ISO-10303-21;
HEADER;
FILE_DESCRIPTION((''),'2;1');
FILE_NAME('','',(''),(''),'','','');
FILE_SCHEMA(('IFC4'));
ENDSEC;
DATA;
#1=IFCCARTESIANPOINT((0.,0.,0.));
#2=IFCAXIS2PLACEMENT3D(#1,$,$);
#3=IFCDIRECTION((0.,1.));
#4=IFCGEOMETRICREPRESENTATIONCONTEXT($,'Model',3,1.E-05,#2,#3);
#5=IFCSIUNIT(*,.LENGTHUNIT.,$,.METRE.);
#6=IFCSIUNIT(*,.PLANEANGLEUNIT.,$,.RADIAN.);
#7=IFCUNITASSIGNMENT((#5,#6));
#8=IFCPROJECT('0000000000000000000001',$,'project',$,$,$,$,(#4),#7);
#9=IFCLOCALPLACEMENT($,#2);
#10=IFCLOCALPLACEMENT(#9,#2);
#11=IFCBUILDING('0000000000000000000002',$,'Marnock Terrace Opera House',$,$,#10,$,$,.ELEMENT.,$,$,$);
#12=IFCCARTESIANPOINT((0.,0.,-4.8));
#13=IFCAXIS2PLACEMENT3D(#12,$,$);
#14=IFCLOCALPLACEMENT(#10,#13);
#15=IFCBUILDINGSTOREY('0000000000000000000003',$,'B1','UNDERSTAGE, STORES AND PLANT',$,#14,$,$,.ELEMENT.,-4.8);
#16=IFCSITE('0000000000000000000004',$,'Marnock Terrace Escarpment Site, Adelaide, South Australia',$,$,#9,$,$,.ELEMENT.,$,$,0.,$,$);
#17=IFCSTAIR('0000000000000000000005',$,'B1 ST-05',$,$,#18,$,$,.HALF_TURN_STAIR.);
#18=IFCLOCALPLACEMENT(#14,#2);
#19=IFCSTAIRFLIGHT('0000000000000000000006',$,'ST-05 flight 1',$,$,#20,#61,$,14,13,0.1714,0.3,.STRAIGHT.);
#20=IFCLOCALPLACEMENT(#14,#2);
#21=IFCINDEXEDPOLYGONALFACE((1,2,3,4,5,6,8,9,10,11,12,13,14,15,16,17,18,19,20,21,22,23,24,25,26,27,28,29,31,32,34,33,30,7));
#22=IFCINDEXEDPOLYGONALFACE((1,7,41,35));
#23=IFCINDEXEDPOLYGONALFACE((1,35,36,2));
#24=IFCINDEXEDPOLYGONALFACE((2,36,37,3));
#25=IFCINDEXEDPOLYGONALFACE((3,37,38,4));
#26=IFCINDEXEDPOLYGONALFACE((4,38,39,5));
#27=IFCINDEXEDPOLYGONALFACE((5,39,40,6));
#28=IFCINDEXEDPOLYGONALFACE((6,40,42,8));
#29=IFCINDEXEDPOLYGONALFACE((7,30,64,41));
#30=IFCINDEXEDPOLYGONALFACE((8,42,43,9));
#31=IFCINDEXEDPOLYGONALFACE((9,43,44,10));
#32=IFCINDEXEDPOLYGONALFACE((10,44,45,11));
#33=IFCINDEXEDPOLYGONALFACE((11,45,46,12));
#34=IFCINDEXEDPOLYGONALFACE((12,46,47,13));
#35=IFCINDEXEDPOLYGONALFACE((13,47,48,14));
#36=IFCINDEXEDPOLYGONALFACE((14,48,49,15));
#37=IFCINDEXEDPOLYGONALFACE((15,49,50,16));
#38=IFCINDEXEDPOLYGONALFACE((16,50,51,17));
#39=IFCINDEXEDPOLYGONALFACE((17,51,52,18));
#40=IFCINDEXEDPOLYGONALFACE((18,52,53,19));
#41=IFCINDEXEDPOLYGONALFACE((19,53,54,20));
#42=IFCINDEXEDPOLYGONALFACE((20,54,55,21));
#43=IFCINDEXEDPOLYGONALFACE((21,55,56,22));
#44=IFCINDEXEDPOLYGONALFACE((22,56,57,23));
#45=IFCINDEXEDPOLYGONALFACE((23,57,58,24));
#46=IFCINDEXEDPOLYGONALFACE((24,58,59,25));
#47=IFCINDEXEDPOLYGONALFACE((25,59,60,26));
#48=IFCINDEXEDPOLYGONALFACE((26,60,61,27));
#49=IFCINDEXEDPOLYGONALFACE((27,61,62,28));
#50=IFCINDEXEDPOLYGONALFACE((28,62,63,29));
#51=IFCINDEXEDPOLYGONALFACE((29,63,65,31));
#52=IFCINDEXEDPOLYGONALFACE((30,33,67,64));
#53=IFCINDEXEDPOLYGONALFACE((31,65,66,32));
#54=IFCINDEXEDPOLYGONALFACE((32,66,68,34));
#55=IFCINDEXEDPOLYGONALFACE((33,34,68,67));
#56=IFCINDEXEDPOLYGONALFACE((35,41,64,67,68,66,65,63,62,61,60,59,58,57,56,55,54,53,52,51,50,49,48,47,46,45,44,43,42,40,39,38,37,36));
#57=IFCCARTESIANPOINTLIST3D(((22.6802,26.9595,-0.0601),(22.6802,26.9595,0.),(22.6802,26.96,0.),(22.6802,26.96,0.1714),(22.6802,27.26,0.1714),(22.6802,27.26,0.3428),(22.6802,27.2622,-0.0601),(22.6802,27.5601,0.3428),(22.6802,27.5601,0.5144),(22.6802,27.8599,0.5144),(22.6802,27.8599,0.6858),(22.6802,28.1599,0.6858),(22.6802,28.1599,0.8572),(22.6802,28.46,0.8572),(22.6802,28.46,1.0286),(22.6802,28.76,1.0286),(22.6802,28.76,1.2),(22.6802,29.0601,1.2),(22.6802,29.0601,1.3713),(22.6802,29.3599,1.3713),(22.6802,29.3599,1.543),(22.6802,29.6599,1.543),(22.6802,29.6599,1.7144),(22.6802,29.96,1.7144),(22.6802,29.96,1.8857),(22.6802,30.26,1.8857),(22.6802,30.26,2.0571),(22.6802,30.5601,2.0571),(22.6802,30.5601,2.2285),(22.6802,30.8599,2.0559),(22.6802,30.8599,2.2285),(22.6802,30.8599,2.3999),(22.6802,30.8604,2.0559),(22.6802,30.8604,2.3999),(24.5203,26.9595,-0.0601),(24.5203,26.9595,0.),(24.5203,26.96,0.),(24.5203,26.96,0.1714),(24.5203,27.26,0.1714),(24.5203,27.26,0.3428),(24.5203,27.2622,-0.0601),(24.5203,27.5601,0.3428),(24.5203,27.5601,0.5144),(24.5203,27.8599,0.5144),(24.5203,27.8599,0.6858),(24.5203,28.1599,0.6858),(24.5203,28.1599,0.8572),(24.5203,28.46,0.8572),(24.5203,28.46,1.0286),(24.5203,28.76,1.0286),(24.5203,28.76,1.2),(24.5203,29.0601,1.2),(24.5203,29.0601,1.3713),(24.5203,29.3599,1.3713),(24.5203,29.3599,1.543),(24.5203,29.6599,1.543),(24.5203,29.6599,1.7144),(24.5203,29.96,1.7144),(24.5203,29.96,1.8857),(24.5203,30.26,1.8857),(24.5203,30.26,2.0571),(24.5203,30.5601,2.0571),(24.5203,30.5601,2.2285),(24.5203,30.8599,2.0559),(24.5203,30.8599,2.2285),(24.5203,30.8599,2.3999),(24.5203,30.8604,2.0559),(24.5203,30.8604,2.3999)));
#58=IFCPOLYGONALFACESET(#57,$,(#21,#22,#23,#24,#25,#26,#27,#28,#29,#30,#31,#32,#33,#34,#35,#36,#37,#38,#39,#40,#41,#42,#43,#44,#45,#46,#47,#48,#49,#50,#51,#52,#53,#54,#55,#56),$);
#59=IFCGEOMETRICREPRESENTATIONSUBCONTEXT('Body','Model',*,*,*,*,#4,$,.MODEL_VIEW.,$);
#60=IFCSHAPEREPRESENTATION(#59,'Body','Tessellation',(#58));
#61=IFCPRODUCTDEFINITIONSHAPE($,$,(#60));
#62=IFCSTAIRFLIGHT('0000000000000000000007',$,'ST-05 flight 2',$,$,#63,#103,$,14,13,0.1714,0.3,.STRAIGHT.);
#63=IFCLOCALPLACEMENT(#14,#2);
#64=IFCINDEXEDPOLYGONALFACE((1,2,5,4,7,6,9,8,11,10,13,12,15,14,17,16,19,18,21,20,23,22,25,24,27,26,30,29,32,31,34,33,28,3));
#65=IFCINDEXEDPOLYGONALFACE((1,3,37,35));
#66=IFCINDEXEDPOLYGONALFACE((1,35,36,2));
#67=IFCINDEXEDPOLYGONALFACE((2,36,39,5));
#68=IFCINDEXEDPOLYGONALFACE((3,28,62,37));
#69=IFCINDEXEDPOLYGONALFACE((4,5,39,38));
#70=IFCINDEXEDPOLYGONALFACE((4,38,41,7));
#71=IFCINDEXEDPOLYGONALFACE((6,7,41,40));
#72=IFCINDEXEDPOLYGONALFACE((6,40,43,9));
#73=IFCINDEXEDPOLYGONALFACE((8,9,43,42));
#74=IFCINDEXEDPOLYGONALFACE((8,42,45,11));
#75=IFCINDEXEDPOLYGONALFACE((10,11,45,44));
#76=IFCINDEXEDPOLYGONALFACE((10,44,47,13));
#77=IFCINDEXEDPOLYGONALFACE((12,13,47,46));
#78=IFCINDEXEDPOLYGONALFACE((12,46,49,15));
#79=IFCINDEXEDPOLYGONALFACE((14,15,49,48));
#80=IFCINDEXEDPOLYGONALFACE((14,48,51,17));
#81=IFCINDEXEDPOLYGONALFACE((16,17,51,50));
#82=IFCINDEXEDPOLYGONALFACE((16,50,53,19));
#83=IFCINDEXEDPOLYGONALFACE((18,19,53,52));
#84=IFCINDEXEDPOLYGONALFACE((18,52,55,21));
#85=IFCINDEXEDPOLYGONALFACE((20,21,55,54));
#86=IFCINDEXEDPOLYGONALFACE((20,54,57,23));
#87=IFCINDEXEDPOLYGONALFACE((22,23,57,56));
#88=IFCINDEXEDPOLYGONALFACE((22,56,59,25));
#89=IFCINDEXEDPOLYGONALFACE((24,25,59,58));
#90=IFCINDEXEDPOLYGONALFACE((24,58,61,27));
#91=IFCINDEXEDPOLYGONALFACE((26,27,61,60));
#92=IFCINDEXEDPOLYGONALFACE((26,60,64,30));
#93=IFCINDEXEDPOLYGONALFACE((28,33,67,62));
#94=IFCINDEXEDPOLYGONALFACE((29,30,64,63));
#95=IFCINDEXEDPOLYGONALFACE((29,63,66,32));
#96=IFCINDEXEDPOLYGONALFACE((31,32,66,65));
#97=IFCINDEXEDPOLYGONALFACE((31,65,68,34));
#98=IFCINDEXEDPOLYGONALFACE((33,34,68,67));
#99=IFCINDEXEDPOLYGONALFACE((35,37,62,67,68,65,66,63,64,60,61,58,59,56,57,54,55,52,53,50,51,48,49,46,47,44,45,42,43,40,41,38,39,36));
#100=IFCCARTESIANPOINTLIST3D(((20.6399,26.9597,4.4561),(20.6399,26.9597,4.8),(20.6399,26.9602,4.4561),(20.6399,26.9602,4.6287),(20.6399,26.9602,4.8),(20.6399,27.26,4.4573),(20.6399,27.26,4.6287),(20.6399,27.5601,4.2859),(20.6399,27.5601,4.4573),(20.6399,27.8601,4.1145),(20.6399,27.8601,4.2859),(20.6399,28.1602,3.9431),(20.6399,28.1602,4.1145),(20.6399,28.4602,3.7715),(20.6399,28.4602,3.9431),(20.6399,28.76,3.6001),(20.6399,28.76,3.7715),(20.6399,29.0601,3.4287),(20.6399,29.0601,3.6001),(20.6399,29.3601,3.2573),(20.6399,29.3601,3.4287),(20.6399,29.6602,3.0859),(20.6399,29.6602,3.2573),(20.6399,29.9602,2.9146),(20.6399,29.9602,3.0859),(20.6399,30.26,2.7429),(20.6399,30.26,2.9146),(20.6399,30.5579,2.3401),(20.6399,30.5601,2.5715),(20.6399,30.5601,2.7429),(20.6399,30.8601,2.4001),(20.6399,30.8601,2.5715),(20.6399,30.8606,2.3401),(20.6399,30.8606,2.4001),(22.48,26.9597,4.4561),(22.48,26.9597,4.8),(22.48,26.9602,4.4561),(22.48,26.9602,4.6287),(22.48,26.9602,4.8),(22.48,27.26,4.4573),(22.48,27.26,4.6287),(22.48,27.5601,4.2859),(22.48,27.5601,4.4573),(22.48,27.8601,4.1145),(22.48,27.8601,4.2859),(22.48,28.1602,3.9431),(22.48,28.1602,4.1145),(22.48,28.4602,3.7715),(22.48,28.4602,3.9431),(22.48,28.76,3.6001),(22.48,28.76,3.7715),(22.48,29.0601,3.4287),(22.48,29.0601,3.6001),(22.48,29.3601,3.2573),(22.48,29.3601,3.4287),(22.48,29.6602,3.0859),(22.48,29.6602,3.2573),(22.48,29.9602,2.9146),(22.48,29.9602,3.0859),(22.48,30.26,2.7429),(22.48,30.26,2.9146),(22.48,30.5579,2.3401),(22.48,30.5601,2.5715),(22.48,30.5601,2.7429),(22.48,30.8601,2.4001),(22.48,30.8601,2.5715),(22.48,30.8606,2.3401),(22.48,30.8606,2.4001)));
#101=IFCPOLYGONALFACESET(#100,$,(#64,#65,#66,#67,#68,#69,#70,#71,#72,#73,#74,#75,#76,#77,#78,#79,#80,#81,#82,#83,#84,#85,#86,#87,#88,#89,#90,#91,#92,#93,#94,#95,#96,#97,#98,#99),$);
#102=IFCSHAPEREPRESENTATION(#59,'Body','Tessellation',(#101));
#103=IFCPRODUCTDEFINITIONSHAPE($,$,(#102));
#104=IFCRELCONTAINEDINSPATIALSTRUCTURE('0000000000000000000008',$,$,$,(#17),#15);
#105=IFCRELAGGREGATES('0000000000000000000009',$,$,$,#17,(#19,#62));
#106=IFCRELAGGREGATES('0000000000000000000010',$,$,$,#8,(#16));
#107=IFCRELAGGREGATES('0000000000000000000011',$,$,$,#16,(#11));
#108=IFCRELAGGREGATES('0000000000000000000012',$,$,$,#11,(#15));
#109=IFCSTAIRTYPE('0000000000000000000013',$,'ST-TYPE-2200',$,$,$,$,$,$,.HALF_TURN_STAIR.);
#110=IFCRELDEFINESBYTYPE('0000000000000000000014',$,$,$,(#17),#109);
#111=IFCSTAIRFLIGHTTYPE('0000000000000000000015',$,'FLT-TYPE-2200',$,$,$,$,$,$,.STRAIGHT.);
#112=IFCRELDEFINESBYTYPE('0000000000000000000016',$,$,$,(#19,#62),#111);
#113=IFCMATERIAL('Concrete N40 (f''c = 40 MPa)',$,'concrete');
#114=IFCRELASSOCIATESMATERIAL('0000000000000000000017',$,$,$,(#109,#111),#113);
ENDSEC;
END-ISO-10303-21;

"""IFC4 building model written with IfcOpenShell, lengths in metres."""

from ifc_helpers import new_model, si_unit, direction, frame, origin, place, context, subcontext, project, spatial, polyline, outline, extrude, material, type_object, element, aggregate, save


model = new_model("IFC4")

# Units and contexts
model_context = context("Model", 3, precision=1e-05, world=origin(), true_north=direction((0.0, 1.0)))
body_context = subcontext(model_context, "Body", "Model", "MODEL_VIEW")
ifc_project = project(units=[si_unit("LENGTHUNIT", "METRE"), si_unit("PLANEANGLEUNIT", "RADIAN")], contexts=[model_context])

# Site, building, storey
site_placement = place(None, origin())
site = spatial("IfcSite", under=ifc_project, at=site_placement, Name="Marnock Terrace Escarpment Site, Adelaide, South Australia", CompositionType="ELEMENT", RefElevation=0.0)
building_placement = place(site_placement, origin())
building = spatial("IfcBuilding", under=site, at=building_placement, Name="Marnock Terrace Opera House", CompositionType="ELEMENT")
storey_placement = place(building_placement, frame((0.0, 0.0, -4.8)))
storey = spatial("IfcBuildingStorey", under=building, at=storey_placement, Name="B1", Description="UNDERSTAGE, STORES AND PLANT", CompositionType="ELEMENT", Elevation=-4.8)

# Shared definitions
ifc_material_1 = material(Name="Concrete N40 (f'c = 40 MPa)", Category="concrete")

# Stair, stair flights
stair_type = type_object("IfcStairType", Name="ST-TYPE-2200", PredefinedType="HALF_TURN_STAIR", material=ifc_material_1)
stair_placement = place(storey_placement, origin())
stair = element("IfcStair", 1, at=stair_placement, inside=storey, type_object=stair_type, Name="B1 ST-05", PredefinedType="HALF_TURN_STAIR")
stair_flight_type = type_object("IfcStairFlightType", Name="FLT-TYPE-2200", PredefinedType="STRAIGHT", material=ifc_material_1)
stair_flight_1_placement = place(storey_placement, frame((23.6001, 26.96, 0.0), z_axis=(0.0, 0.0, 1.0), x_axis=(0.0, 1.0, 0.0)))
stair_flight_1 = element("IfcStairFlight", 2, at=stair_flight_1_placement, type_object=stair_flight_type, Name="ST-05 flight 1", NumberOfRisers=14, NumberOfTreads=13, PredefinedType="STRAIGHT", RiserHeight=0.1714, TreadLength=0.3, context=body_context, shape_type="SweptSolid", body=[
    extrude(outline(polyline([(-0.0005, -0.0601), (-0.0005, 0.0), (0.0, 0.0), (0.0, 0.1714), (0.3, 0.1714), (0.3, 0.3428), (0.6001, 0.3428), (0.6001, 0.5144), (0.8999, 0.5144), (0.8999, 0.6858), (1.2, 0.6858), (1.2, 0.8572), (1.5, 0.8572), (1.5, 1.0286), (1.8, 1.0286), (1.8, 1.2), (2.1001, 1.2), (2.1001, 1.3713), (2.3999, 1.3713), (2.3999, 1.543), (2.7, 1.543), (2.7, 1.7144), (3.0, 1.7144), (3.0, 1.8857), (3.3, 1.8857), (3.3, 2.0571), (3.6001, 2.0571), (3.6001, 2.2285), (3.8999, 2.2285), (3.8999, 2.3999), (3.9004, 2.3999), (3.9004, 2.0559), (3.8999, 2.0559), (0.3022, -0.0601), (-0.0005, -0.0601)])), frame((0.0, 0.9199, 0.0), z_axis=(0.0, -1.0, 0.0), x_axis=(1.0, 0.0, 0.0)), (0.0, 0.0, 1.0), 1.8401),
])
stair_flight_2_placement = place(storey_placement, frame((21.5601, 30.8601, 2.4001), z_axis=(0.0, 0.0, 1.0), x_axis=(0.0, -1.0, 0.0)))
stair_flight_2 = element("IfcStairFlight", 3, at=stair_flight_2_placement, type_object=stair_flight_type, Name="ST-05 flight 2", NumberOfRisers=14, NumberOfTreads=13, PredefinedType="STRAIGHT", RiserHeight=0.1714, TreadLength=0.3, context=body_context, shape_type="SweptSolid", body=[
    extrude(outline(polyline([(-0.0005, -0.0601), (-0.0005, 0.0), (0.0, 0.0), (0.0, 0.1714), (0.3, 0.1714), (0.3, 0.3428), (0.6001, 0.3428), (0.6001, 0.5144), (0.8999, 0.5144), (0.8999, 0.6858), (1.2, 0.6858), (1.2, 0.8572), (1.5, 0.8572), (1.5, 1.0286), (1.8, 1.0286), (1.8, 1.2), (2.1001, 1.2), (2.1001, 1.3713), (2.3999, 1.3713), (2.3999, 1.543), (2.7, 1.543), (2.7, 1.7144), (3.0, 1.7144), (3.0, 1.8857), (3.3, 1.8857), (3.3, 2.0571), (3.6001, 2.0571), (3.6001, 2.2285), (3.8999, 2.2285), (3.8999, 2.3999), (3.9004, 2.3999), (3.9004, 2.0559), (3.8999, 2.0559), (0.3022, -0.0601), (-0.0005, -0.0601)])), frame((0.0, 0.9199, 0.0), z_axis=(0.0, -1.0, 0.0), x_axis=(1.0, 0.0, 0.0)), (0.0, 0.0, 1.0), 1.8401),
])
aggregate(stair, [stair_flight_1, stair_flight_2])

save(model, "model.ifc")
